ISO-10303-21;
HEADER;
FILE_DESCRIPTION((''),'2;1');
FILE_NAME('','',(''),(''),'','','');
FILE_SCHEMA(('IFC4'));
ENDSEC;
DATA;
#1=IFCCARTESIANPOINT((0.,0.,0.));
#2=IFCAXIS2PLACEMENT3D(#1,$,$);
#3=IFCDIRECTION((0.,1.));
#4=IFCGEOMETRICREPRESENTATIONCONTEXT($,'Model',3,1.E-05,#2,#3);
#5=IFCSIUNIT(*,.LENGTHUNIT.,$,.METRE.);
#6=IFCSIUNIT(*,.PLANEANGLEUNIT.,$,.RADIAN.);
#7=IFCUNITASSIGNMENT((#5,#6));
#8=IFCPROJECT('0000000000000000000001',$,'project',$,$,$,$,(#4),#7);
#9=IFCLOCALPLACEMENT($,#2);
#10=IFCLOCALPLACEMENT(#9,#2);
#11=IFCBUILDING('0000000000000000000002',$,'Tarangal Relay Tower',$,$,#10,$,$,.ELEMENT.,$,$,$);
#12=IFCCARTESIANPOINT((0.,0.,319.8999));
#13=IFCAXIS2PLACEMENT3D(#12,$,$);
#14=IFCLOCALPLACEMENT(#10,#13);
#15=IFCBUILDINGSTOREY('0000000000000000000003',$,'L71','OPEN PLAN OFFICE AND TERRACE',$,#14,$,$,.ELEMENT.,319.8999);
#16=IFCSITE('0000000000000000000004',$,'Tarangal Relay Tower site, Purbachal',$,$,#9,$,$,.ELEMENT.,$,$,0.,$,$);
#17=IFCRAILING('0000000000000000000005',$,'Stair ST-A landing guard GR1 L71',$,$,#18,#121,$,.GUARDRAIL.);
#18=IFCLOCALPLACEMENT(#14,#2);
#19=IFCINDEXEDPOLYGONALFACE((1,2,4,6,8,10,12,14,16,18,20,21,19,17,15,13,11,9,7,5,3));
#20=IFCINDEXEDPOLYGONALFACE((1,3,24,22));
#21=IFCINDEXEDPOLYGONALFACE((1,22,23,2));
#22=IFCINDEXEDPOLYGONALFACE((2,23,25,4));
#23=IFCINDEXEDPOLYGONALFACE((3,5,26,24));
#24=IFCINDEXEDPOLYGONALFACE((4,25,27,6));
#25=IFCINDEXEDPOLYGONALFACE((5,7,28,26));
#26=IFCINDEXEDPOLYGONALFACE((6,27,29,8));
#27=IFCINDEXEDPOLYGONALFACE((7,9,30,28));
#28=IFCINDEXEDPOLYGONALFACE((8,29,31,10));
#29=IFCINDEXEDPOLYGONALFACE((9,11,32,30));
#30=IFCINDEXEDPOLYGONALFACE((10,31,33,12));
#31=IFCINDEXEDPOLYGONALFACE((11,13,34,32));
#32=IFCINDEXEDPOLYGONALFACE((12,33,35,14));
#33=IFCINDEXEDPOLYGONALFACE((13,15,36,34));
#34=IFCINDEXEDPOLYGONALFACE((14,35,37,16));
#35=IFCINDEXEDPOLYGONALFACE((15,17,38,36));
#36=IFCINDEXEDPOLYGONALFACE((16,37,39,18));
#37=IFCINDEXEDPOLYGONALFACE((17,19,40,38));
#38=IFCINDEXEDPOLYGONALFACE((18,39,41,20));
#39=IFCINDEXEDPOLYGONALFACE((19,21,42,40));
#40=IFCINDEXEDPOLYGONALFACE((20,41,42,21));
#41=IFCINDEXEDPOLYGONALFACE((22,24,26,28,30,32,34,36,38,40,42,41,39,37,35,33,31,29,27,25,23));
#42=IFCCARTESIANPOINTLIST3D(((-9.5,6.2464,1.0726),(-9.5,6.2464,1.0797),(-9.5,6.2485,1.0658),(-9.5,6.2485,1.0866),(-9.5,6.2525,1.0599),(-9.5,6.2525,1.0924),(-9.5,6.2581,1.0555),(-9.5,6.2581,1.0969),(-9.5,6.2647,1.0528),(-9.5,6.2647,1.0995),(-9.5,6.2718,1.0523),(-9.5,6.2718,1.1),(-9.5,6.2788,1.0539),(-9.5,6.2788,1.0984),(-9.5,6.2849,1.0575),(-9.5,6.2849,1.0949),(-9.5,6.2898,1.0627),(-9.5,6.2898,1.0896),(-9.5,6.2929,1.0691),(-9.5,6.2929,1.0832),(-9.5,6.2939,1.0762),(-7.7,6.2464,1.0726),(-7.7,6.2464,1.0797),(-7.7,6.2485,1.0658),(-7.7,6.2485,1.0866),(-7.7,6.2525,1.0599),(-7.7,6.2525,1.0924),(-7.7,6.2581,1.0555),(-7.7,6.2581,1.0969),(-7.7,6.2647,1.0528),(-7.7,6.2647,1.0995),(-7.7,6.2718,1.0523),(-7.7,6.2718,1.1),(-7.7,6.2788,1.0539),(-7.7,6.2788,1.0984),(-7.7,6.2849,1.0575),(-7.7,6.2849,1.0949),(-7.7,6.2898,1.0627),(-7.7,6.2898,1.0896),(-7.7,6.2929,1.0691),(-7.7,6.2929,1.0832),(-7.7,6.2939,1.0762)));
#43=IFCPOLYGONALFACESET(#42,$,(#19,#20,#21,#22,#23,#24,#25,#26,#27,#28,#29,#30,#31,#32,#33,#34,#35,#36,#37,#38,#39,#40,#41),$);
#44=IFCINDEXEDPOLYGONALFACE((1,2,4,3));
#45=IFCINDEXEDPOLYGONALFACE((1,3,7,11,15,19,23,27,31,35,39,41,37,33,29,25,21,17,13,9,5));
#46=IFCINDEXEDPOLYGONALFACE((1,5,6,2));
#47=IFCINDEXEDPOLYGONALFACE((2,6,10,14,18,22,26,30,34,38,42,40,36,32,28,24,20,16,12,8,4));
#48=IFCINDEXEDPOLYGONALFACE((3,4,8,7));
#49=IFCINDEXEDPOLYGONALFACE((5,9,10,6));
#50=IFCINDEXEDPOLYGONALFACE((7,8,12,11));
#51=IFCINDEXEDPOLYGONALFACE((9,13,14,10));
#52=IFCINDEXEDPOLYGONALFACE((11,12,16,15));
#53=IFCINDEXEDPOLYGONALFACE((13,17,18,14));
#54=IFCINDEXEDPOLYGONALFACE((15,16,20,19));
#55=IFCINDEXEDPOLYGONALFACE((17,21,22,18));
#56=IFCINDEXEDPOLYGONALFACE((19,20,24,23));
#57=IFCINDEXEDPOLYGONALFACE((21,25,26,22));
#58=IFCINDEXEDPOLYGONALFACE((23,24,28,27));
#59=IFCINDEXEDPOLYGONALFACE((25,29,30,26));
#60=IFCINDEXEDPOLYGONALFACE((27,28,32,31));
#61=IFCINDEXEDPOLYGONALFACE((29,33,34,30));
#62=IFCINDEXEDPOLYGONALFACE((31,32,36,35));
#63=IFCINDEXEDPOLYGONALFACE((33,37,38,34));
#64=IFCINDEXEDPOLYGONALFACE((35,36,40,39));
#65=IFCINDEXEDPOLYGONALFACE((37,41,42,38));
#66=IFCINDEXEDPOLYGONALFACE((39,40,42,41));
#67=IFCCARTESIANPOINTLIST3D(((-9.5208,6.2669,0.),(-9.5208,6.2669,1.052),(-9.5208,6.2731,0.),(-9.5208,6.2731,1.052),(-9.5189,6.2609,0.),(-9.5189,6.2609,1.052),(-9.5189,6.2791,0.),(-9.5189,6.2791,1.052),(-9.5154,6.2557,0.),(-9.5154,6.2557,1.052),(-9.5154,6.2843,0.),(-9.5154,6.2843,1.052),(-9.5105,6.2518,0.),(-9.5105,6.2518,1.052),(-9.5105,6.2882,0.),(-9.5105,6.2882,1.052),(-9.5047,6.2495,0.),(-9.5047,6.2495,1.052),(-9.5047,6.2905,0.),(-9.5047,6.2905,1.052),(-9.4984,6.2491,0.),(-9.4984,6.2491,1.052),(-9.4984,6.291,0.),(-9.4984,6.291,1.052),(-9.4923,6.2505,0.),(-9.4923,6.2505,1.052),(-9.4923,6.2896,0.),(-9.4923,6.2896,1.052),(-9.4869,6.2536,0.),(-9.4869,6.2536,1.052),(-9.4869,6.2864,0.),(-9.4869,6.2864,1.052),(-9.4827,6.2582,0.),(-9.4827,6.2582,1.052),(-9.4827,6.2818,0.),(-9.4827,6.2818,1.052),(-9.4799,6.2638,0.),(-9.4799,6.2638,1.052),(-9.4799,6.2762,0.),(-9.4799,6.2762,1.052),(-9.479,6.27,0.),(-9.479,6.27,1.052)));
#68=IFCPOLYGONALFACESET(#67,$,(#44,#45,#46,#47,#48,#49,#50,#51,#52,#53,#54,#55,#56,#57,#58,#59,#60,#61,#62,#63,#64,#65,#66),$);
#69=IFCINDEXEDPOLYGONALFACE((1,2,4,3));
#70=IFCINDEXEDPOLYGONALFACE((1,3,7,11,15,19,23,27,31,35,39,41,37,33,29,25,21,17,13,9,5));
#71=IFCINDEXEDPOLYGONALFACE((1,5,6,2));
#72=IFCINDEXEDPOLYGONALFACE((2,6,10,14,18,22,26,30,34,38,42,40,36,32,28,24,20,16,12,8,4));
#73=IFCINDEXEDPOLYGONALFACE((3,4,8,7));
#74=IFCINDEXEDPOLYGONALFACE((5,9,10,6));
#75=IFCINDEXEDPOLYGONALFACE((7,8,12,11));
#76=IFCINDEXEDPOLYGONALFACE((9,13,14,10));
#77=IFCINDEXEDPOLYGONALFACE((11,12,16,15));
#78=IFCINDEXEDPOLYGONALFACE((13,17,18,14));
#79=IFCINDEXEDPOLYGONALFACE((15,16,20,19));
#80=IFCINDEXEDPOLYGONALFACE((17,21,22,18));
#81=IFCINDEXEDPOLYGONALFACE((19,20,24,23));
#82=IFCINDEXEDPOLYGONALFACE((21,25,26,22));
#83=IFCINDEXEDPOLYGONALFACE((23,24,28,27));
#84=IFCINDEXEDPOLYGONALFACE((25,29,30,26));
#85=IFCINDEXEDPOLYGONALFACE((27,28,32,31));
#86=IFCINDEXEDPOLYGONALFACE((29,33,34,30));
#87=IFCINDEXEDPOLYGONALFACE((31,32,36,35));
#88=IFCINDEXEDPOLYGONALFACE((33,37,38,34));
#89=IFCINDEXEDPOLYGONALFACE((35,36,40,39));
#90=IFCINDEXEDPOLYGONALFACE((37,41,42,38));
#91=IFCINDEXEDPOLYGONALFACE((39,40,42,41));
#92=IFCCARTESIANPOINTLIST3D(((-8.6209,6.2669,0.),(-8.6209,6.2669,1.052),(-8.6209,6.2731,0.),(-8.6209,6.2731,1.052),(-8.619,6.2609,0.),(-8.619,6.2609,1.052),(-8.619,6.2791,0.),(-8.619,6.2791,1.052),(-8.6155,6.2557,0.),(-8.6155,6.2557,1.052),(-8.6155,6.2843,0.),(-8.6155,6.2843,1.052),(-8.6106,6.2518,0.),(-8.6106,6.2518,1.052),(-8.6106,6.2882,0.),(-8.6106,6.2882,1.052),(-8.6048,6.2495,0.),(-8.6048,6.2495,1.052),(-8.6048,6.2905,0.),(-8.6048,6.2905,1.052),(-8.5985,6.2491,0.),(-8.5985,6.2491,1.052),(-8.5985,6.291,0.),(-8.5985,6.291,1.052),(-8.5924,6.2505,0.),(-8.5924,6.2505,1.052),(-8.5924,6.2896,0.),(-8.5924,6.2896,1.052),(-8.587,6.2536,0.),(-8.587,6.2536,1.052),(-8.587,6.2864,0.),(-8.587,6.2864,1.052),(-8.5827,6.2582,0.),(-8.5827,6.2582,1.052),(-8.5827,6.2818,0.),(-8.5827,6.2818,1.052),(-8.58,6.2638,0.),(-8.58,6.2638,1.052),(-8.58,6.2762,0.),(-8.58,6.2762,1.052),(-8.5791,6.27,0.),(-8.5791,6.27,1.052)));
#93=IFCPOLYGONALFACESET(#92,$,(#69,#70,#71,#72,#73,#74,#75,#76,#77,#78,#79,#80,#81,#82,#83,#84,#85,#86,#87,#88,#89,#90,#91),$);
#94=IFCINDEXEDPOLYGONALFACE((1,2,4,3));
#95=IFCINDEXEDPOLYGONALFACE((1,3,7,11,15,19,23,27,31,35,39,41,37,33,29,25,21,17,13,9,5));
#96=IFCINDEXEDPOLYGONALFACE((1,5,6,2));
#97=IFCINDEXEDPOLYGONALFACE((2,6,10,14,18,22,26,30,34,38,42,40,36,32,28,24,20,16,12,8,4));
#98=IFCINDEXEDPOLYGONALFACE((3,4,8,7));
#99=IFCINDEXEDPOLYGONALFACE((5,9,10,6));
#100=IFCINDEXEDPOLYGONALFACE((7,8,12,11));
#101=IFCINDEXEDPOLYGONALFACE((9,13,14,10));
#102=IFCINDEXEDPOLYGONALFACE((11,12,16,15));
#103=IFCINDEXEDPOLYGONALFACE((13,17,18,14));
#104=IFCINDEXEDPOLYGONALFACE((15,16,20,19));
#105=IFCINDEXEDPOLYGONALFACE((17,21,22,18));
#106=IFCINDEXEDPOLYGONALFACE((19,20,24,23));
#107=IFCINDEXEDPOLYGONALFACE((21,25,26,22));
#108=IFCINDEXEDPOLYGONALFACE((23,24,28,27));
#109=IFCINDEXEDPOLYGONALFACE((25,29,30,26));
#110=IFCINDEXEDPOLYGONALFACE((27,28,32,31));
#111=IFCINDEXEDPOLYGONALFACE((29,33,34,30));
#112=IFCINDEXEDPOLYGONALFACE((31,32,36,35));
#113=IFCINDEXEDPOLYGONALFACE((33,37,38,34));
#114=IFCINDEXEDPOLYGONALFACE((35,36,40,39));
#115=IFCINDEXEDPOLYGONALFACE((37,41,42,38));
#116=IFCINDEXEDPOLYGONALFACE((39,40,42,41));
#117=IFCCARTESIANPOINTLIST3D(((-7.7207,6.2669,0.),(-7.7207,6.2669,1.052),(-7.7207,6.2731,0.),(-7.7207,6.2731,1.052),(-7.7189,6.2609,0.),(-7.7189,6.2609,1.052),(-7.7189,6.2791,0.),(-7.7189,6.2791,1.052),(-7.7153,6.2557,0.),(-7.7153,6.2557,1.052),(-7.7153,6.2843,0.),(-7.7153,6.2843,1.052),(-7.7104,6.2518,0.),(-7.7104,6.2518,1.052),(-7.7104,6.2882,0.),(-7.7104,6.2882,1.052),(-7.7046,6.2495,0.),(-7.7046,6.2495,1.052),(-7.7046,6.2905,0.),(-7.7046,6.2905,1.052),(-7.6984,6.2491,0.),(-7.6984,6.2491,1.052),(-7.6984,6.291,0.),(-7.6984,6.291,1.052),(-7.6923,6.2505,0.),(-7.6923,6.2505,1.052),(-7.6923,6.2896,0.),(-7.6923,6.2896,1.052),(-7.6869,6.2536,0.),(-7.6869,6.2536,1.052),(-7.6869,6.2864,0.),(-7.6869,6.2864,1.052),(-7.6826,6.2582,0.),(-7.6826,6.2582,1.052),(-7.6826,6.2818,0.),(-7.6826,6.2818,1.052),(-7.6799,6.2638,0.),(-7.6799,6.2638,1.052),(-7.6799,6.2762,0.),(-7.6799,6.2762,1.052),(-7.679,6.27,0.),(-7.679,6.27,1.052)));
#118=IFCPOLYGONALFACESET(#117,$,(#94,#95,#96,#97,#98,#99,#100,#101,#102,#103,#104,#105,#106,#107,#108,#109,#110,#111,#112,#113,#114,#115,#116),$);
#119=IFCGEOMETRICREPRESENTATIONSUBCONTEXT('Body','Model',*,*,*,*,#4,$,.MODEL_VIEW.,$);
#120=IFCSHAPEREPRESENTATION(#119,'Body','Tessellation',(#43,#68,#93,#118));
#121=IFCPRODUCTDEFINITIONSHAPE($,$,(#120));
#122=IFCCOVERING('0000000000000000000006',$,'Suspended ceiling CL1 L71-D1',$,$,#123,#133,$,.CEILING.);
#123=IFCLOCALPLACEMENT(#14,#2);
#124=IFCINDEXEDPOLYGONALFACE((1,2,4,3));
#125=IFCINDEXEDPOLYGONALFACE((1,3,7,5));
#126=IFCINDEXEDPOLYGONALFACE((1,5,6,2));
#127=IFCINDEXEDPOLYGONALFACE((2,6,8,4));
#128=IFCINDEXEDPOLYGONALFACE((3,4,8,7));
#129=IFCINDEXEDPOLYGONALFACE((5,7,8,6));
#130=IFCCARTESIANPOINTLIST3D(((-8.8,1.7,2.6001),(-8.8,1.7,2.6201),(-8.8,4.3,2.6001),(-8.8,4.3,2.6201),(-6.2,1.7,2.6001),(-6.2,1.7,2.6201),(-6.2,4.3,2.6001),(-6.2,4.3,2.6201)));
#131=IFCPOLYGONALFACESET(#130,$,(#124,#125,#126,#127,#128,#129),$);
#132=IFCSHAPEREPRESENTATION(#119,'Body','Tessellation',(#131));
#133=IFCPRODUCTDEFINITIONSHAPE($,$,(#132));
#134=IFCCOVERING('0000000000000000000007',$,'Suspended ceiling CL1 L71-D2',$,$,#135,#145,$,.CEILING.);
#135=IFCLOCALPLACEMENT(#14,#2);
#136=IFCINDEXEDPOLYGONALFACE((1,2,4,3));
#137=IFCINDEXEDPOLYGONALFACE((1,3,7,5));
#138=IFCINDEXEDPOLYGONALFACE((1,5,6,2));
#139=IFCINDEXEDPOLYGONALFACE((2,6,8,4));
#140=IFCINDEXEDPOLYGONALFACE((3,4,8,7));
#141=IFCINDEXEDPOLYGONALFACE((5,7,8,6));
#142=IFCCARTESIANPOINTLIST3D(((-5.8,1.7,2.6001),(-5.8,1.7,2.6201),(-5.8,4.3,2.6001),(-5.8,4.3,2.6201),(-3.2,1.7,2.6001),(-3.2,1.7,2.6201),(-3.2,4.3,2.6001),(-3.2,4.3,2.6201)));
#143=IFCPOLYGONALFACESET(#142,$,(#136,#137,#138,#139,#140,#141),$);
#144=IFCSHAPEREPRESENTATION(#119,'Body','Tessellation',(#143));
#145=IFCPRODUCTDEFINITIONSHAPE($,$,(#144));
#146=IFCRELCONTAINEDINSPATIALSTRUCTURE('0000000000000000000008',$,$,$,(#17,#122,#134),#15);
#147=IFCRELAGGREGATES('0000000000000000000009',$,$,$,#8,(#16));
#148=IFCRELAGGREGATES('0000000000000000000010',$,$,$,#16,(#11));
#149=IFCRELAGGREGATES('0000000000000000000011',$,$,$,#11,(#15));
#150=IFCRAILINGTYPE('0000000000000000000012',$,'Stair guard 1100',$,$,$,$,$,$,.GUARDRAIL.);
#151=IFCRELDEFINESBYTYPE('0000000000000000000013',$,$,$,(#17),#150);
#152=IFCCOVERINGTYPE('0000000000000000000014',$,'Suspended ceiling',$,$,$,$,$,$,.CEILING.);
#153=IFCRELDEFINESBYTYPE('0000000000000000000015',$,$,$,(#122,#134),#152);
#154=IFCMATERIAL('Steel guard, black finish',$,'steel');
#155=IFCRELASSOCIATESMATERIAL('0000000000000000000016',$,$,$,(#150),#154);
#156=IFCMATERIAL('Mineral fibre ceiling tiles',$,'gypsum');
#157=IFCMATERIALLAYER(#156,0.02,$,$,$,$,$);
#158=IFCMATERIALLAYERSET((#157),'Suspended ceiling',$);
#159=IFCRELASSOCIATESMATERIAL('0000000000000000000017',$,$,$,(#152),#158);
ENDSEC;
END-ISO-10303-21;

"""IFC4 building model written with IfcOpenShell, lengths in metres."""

from ifc_helpers import new_model, si_unit, direction, frame, origin, origin_2d, place, context, subcontext, project, spatial, polyline, circle, outline, extrude, material, layer, layer_set, type_object, element, save


model = new_model("IFC4")

# Units and contexts
model_context = context("Model", 3, precision=1e-05, world=origin(), true_north=direction((0.0, 1.0)))
body_context = subcontext(model_context, "Body", "Model", "MODEL_VIEW")
ifc_project = project(units=[si_unit("LENGTHUNIT", "METRE"), si_unit("PLANEANGLEUNIT", "RADIAN")], contexts=[model_context])

# Site, building, storey
site_placement = place(None, origin())
site = spatial("IfcSite", under=ifc_project, at=site_placement, Name="Tarangal Relay Tower site, Purbachal", CompositionType="ELEMENT", RefElevation=0.0)
building_placement = place(site_placement, origin())
building = spatial("IfcBuilding", under=site, at=building_placement, Name="Tarangal Relay Tower", CompositionType="ELEMENT")
storey_placement = place(building_placement, frame((0.0, 0.0, 319.8999)))
storey = spatial("IfcBuildingStorey", under=building, at=storey_placement, Name="L71", Description="OPEN PLAN OFFICE AND TERRACE", CompositionType="ELEMENT", Elevation=319.8999)

# Railing
ifc_material_1 = material(Name="Steel guard, black finish", Category="steel")
railing_type = type_object("IfcRailingType", Name="Stair guard 1100", PredefinedType="GUARDRAIL", material=ifc_material_1)
railing_placement = place(storey_placement, frame((-9.5, 6.27, 0.0)))
element("IfcRailing", 1, at=railing_placement, inside=storey, type_object=railing_type, Name="Stair ST-A landing guard GR1 L71", PredefinedType="GUARDRAIL", context=body_context, shape_type="SweptSolid", body=[
    extrude(circle(Radius=0.0239, at=origin_2d()), frame((0.0, 0.0, 1.0762), z_axis=(1.0, 0.0, 0.0), x_axis=(0.0, 1.0, 0.0)), (0.0, 0.0, 1.0), 1.8),
    extrude(circle(Radius=0.021, at=origin_2d()), origin(), (0.0, 0.0, 1.0), 1.052),
    extrude(circle(Radius=0.021, at=origin_2d()), frame((0.8999, 0.0, 0.0)), (0.0, 0.0, 1.0), 1.052),
    extrude(circle(Radius=0.021, at=origin_2d()), frame((1.8, 0.0, 0.0)), (0.0, 0.0, 1.0), 1.052),
])

# Coverings
ifc_material_2 = material(Name="Mineral fibre ceiling tiles", Category="gypsum")
ifc_layer_1 = layer(ifc_material_2, 0.02)
ifc_layer_set_1 = layer_set([ifc_layer_1], Name="Suspended ceiling")
covering_type_1 = type_object("IfcCoveringType", Name="Suspended ceiling", PredefinedType="CEILING", material=ifc_layer_set_1)
covering_1_placement = place(storey_placement, frame((0.0, 0.0, 2.6001)))
element("IfcCovering", 2, at=covering_1_placement, inside=storey, type_object=covering_type_1, Name="Suspended ceiling CL1 L71-D1", PredefinedType="CEILING", context=body_context, shape_type="SweptSolid", body=[
    extrude(outline(polyline([(-8.8, 1.7), (-6.2, 1.7), (-6.2, 4.3), (-8.8, 4.3), (-8.8, 1.7)])), origin(), (0.0, 0.0, 1.0), 0.02),
])
covering_2_placement = place(storey_placement, frame((0.0, 0.0, 2.6001)))
element("IfcCovering", 3, at=covering_2_placement, inside=storey, type_object=covering_type_1, Name="Suspended ceiling CL1 L71-D2", PredefinedType="CEILING", context=body_context, shape_type="SweptSolid", body=[
    extrude(outline(polyline([(-5.8, 1.7), (-3.2, 1.7), (-3.2, 4.3), (-5.8, 4.3), (-5.8, 1.7)])), origin(), (0.0, 0.0, 1.0), 0.02),
])

save(model, "model.ifc")
